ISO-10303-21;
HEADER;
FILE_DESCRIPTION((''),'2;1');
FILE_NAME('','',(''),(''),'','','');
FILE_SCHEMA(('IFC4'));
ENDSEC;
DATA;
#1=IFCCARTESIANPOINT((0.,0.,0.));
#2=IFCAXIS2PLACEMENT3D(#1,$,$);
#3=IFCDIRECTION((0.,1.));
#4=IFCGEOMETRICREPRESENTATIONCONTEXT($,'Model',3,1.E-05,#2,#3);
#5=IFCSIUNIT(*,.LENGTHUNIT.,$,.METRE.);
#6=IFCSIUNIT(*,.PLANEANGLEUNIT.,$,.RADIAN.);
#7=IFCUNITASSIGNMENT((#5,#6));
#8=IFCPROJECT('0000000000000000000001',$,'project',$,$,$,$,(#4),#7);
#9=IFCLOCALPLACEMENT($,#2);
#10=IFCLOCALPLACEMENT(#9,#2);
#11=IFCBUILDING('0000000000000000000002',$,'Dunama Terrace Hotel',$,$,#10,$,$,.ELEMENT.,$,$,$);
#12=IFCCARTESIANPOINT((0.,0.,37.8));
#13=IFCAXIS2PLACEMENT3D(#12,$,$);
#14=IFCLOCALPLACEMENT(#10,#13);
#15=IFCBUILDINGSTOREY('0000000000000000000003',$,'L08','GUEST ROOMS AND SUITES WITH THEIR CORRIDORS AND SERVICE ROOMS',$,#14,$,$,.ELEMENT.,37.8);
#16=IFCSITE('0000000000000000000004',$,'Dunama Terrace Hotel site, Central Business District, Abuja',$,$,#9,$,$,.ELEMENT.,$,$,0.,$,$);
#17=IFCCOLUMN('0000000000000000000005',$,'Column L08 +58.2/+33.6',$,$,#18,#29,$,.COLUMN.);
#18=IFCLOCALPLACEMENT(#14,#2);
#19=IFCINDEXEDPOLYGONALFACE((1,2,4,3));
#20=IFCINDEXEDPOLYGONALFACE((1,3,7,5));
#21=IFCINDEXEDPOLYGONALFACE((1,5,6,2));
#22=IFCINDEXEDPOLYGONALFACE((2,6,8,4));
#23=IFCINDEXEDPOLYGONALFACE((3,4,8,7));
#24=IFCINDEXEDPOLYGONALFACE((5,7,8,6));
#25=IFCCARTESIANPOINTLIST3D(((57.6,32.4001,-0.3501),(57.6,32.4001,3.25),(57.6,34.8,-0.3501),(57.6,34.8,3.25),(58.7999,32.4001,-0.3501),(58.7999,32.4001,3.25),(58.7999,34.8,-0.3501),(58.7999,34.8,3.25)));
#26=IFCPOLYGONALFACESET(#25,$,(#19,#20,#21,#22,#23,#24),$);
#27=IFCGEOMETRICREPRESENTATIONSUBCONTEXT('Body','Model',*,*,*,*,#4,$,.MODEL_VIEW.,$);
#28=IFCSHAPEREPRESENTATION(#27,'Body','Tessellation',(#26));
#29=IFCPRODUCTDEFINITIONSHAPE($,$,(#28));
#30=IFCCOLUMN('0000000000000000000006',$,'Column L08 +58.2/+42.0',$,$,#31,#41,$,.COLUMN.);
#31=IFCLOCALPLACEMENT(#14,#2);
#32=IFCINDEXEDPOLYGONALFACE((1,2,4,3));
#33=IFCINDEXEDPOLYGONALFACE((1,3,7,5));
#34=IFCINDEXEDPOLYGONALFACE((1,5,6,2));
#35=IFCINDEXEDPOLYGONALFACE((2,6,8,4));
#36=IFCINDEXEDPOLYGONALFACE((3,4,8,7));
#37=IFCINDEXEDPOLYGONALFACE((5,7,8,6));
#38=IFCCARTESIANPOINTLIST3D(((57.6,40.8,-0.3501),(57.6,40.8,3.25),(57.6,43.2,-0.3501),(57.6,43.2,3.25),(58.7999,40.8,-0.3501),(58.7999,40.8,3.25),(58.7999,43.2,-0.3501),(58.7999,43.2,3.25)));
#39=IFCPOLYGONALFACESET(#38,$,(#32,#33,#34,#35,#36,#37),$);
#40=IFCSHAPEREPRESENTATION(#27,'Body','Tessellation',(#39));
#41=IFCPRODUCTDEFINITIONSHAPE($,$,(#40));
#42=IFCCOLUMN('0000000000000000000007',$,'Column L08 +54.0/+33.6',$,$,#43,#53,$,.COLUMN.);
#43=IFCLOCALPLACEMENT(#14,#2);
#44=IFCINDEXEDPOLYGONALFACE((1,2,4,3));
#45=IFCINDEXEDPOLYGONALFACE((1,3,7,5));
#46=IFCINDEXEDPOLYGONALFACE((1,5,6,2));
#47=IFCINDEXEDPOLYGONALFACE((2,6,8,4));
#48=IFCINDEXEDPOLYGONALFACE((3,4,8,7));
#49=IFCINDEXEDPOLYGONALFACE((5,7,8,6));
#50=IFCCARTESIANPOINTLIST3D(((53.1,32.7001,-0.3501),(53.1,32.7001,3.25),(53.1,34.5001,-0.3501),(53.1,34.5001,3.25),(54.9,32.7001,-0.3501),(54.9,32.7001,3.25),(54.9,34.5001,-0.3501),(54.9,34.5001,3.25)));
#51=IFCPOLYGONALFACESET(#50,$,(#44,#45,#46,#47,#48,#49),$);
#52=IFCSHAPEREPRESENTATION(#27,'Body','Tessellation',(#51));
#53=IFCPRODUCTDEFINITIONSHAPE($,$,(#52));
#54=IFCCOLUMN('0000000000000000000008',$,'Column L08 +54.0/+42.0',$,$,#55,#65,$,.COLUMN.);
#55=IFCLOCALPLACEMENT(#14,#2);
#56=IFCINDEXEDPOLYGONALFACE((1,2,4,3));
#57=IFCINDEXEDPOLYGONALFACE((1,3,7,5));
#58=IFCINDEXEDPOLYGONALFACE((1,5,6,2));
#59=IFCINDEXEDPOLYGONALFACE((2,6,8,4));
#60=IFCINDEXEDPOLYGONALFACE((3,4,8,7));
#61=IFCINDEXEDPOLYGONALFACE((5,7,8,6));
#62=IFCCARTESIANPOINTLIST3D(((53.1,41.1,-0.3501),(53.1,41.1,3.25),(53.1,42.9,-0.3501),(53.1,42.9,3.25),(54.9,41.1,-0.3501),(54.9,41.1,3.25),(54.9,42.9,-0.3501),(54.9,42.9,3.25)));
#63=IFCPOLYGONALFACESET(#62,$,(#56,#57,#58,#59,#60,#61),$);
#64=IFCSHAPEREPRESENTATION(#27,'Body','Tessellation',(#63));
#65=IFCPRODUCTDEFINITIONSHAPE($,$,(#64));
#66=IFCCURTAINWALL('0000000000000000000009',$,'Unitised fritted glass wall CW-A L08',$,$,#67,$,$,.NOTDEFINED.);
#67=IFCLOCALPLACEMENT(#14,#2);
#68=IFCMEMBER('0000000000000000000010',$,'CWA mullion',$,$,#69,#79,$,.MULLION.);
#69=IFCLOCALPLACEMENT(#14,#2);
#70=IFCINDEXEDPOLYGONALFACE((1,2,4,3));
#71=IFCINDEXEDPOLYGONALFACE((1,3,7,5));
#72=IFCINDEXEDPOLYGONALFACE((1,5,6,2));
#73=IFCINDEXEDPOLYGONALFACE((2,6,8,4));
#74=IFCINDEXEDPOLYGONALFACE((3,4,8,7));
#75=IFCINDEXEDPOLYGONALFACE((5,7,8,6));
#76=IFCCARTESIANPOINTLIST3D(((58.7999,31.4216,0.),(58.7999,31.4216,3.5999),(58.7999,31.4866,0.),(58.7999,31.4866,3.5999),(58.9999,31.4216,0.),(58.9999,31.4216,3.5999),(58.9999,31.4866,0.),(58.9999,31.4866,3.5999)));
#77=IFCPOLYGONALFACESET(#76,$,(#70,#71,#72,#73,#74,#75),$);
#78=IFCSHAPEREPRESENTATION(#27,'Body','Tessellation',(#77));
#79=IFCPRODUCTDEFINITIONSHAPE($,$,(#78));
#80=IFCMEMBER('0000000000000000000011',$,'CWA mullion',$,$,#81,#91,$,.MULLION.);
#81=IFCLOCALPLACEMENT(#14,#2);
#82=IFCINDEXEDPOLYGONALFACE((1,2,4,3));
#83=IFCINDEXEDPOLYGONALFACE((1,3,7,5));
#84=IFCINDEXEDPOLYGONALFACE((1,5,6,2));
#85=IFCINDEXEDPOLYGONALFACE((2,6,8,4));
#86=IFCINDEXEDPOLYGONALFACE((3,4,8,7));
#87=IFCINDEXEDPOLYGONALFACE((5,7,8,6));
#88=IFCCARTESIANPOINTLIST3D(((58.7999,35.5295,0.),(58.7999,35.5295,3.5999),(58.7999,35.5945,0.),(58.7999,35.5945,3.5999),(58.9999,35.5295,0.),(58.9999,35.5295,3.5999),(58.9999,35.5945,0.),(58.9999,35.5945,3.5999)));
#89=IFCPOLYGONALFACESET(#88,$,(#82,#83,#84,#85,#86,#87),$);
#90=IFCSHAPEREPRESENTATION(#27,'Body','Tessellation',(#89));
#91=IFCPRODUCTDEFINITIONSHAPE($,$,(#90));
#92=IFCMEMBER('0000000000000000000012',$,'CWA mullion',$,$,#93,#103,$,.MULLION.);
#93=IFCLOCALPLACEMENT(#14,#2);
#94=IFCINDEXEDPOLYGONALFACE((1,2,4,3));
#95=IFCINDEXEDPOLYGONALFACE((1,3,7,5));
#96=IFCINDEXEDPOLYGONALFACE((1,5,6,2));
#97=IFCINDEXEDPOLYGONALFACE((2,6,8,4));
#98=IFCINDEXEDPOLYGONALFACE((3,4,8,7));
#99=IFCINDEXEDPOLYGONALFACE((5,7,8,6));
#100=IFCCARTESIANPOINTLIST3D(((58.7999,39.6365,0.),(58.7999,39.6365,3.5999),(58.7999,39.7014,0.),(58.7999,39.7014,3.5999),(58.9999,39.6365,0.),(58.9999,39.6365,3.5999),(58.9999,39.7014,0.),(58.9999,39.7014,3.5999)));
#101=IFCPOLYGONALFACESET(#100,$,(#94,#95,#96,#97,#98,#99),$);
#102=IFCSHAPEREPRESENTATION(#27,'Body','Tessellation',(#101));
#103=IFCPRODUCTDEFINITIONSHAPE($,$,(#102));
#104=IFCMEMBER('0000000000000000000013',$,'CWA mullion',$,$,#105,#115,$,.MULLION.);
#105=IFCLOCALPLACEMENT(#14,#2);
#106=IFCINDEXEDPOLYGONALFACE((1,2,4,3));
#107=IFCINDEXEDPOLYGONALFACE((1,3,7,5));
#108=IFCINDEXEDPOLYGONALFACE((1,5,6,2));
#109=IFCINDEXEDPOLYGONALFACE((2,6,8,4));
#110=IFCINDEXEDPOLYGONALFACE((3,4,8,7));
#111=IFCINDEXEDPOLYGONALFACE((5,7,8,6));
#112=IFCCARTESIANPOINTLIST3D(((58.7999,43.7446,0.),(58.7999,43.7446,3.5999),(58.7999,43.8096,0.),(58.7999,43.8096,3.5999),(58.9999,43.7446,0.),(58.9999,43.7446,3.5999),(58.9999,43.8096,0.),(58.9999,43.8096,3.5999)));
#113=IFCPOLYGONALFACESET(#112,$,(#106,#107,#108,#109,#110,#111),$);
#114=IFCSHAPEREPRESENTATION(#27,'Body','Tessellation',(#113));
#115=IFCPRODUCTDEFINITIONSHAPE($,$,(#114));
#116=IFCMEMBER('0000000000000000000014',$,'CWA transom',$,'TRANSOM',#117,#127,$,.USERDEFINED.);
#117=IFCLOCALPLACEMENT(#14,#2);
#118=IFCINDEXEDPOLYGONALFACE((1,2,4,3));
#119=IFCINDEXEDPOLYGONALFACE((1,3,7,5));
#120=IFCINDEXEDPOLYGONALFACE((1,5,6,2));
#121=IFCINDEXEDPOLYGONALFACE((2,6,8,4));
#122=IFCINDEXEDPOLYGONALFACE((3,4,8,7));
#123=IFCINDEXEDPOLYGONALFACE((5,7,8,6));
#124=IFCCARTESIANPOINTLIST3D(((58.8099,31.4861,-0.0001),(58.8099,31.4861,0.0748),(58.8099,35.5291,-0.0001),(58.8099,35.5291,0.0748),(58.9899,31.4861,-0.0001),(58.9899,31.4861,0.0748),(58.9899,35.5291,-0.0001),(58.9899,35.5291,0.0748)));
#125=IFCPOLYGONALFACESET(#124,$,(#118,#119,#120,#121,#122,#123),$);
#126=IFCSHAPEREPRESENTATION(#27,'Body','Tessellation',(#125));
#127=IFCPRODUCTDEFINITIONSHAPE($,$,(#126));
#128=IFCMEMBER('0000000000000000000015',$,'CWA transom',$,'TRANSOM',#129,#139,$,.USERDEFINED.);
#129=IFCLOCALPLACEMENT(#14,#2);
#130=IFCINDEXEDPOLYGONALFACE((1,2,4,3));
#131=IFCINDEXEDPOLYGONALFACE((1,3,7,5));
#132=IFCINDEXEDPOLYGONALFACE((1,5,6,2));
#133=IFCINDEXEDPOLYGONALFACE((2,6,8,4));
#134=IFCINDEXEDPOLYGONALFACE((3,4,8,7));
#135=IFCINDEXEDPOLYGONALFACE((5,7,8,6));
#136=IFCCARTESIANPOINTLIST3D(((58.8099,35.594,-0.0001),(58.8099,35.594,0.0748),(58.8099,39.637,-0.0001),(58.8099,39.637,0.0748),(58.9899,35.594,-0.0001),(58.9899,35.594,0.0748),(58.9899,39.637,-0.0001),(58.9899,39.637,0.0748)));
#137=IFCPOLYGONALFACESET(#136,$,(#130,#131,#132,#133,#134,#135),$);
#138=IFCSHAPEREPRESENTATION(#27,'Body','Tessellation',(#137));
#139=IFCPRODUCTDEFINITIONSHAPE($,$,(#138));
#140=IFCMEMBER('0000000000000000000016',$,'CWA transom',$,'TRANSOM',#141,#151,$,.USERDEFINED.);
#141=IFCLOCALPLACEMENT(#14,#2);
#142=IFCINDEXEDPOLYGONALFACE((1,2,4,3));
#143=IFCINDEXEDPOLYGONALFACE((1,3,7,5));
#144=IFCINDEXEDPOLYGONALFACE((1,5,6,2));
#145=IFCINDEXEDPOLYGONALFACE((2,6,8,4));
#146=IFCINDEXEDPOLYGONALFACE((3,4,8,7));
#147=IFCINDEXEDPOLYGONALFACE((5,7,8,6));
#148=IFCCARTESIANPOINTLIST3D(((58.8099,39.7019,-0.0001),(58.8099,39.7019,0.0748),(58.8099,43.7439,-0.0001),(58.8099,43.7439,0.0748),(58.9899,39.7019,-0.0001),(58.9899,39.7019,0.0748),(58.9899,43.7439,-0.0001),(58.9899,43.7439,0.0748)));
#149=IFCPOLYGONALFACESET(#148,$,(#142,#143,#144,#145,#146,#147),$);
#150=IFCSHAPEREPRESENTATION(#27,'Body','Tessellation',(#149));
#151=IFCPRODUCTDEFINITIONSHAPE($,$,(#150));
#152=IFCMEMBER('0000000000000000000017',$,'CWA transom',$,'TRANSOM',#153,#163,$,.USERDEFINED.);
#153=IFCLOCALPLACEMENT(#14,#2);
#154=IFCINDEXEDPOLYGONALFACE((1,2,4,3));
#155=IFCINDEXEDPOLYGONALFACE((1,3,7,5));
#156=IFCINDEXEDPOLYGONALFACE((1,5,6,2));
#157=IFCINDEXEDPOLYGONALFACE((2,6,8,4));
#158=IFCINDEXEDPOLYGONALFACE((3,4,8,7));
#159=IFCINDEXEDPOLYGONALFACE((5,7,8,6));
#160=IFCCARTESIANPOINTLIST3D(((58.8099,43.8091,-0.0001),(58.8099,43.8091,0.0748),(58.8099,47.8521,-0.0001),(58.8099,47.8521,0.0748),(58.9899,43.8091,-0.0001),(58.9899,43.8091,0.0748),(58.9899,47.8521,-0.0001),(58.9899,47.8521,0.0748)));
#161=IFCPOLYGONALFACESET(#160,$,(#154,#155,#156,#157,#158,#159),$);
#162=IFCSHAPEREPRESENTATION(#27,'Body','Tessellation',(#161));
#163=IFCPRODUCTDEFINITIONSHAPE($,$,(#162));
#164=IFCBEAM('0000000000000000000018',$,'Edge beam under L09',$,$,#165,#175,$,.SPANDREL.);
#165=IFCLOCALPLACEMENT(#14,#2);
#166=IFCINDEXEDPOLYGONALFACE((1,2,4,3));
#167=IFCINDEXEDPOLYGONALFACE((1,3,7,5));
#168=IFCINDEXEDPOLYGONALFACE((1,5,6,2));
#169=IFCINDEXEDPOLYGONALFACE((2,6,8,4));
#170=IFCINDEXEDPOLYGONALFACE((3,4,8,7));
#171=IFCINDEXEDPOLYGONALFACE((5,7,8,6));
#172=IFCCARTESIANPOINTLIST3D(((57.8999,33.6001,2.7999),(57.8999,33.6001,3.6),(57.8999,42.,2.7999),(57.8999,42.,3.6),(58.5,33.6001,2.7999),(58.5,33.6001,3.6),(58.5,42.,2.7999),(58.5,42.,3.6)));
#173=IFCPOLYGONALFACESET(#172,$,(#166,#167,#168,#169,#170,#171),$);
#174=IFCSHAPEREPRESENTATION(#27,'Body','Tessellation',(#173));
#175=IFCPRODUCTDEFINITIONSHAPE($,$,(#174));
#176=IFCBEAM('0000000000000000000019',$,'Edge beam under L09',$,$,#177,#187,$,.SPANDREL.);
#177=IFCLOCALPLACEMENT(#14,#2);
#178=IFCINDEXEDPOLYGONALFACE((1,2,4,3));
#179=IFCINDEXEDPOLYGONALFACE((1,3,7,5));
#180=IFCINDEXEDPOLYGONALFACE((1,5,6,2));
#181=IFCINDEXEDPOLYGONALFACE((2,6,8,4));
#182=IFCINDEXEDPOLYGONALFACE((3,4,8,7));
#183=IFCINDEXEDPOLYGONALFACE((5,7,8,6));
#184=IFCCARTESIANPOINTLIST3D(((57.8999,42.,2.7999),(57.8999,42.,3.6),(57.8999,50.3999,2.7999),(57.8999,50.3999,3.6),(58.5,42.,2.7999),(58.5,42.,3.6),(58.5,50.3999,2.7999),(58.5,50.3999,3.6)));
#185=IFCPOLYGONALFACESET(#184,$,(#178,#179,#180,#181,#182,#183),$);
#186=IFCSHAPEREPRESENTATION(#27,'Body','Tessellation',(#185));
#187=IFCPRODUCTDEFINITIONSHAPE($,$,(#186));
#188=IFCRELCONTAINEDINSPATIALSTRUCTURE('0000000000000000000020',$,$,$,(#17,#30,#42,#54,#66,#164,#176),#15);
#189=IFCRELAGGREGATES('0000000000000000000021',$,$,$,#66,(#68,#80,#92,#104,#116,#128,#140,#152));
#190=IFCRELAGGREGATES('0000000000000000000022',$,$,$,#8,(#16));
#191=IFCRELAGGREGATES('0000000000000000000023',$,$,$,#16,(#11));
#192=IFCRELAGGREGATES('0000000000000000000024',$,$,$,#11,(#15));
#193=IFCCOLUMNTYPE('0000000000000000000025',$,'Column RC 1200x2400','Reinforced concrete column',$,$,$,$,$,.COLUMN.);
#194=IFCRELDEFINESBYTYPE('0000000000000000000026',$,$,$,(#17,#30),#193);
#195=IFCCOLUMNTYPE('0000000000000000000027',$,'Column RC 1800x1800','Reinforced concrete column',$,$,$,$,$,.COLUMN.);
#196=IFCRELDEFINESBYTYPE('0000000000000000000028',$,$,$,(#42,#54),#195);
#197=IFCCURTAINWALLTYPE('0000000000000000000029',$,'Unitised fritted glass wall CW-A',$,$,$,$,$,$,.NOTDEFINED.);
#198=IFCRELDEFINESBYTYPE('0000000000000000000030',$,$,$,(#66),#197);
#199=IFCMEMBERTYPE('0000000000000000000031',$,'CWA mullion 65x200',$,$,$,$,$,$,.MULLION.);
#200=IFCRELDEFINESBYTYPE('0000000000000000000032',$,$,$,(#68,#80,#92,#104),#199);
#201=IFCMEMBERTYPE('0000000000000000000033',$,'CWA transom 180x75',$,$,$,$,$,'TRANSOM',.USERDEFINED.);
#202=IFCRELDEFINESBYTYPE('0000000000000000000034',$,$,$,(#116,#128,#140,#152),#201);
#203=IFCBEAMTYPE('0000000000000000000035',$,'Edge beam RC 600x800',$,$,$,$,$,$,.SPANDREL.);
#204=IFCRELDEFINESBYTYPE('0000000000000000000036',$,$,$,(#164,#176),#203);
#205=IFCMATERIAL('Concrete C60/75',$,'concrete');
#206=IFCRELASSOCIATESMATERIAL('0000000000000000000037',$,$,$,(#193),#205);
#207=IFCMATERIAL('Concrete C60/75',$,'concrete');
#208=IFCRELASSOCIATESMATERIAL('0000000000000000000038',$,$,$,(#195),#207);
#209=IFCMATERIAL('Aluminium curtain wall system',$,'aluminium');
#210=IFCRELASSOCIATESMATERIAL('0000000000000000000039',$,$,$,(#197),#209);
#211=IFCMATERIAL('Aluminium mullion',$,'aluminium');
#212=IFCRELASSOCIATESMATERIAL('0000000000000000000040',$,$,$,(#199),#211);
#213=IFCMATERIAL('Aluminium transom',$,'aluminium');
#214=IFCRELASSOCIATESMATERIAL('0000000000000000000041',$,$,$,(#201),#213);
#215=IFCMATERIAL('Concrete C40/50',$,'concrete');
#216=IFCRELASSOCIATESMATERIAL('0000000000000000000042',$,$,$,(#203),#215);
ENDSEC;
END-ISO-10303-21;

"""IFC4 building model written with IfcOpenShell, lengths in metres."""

from ifc_helpers import new_model, si_unit, direction, frame, origin, origin_2d, place, context, subcontext, project, spatial, rectangle, extrude, material, material_profile, profile_set, type_object, element, aggregate, save


model = new_model("IFC4")

# Units and contexts
model_context = context("Model", 3, precision=1e-05, world=origin(), true_north=direction((0.0, 1.0)))
body_context = subcontext(model_context, "Body", "Model", "MODEL_VIEW")
ifc_project = project(units=[si_unit("LENGTHUNIT", "METRE"), si_unit("PLANEANGLEUNIT", "RADIAN")], contexts=[model_context])

# Site, building, storey
site_placement = place(None, origin())
site = spatial("IfcSite", under=ifc_project, at=site_placement, Name="Dunama Terrace Hotel site, Central Business District, Abuja", CompositionType="ELEMENT", RefElevation=0.0)
building_placement = place(site_placement, origin())
building = spatial("IfcBuilding", under=site, at=building_placement, Name="Dunama Terrace Hotel", CompositionType="ELEMENT")
storey_placement = place(building_placement, frame((0.0, 0.0, 37.8)))
storey = spatial("IfcBuildingStorey", under=building, at=storey_placement, Name="L08", Description="GUEST ROOMS AND SUITES WITH THEIR CORRIDORS AND SERVICE ROOMS", CompositionType="ELEMENT", Elevation=37.8)

# Columns
ifc_material_1 = material(Name="Concrete C60/75", Category="concrete")
ifc_material_profile_1 = material_profile(ifc_material_1, rectangle(XDim=1.2, YDim=2.3999, at=origin_2d()), Name="RC 1200x2400")
ifc_profile_set_1 = profile_set([ifc_material_profile_1], Name="Concrete C60/75")
column_type_1 = type_object("IfcColumnType", Name="Column RC 1200x2400", Description="Reinforced concrete column", PredefinedType="COLUMN", material=ifc_profile_set_1)
for number, where, z_axis, x_axis, name in (
    (1, (58.2, 33.6001, -0.3501), (0.0, 0.0, 1.0), (1.0, 0.0, 0.0), "Column L08 +58.2/+33.6"),
    (2, (58.2, 42.0, -0.3501), (0.0, 0.0, 1.0), (1.0, 0.0, 0.0), "Column L08 +58.2/+42.0"),
):
    element("IfcColumn", number, at=place(storey_placement, frame(where, z_axis=z_axis, x_axis=x_axis)), inside=storey, type_object=column_type_1, Name=name, PredefinedType="COLUMN", context=body_context, shape_type="SweptSolid", body=[
        extrude(rectangle(XDim=1.2, YDim=2.3999, at=origin_2d()), origin(), (0.0, 0.0, 1.0), 3.6001),
    ])
ifc_material_2 = material(Name="Concrete C60/75", Category="concrete")
ifc_material_profile_2 = material_profile(ifc_material_2, rectangle(XDim=1.8, YDim=1.8, at=origin_2d()), Name="RC 1800x1800")
ifc_profile_set_2 = profile_set([ifc_material_profile_2], Name="Concrete C60/75")
column_type_2 = type_object("IfcColumnType", Name="Column RC 1800x1800", Description="Reinforced concrete column", PredefinedType="COLUMN", material=ifc_profile_set_2)
for number, where, z_axis, x_axis, name in (
    (3, (54.0, 33.6001, -0.3501), (0.0, 0.0, 1.0), (1.0, 0.0, 0.0), "Column L08 +54.0/+33.6"),
    (4, (54.0, 42.0, -0.3501), (0.0, 0.0, 1.0), (1.0, 0.0, 0.0), "Column L08 +54.0/+42.0"),
):
    element("IfcColumn", number, at=place(storey_placement, frame(where, z_axis=z_axis, x_axis=x_axis)), inside=storey, type_object=column_type_2, Name=name, PredefinedType="COLUMN", context=body_context, shape_type="SweptSolid", body=[
        extrude(rectangle(XDim=1.8, YDim=1.8, at=origin_2d()), origin(), (0.0, 0.0, 1.0), 3.6001),
    ])

# Curtain wall, members
ifc_material_3 = material(Name="Aluminium curtain wall system", Category="aluminium")
curtain_wall_type = type_object("IfcCurtainWallType", Name="Unitised fritted glass wall CW-A", PredefinedType="NOTDEFINED", material=ifc_material_3)
curtain_wall_placement = place(storey_placement, origin())
curtain_wall = element("IfcCurtainWall", 5, at=curtain_wall_placement, inside=storey, type_object=curtain_wall_type, Name="Unitised fritted glass wall CW-A L08", PredefinedType="NOTDEFINED")
ifc_material_4 = material(Name="Aluminium mullion", Category="aluminium")
ifc_material_profile_3 = material_profile(ifc_material_4, rectangle(XDim=0.0649, YDim=0.2, at=origin_2d()), Name="CWA MULLION 65X200")
ifc_profile_set_3 = profile_set([ifc_material_profile_3], Name="Aluminium mullion")
member_type_1 = type_object("IfcMemberType", Name="CWA mullion 65x200", PredefinedType="MULLION", material=ifc_profile_set_3)
member_1_placement = place(storey_placement, frame((58.8999, 31.4541, 0.0), z_axis=(0.0, 0.0, 1.0), x_axis=(0.0, 1.0, 0.0)))
member_1 = element("IfcMember", 6, at=member_1_placement, type_object=member_type_1, Name="CWA mullion", PredefinedType="MULLION", context=body_context, shape_type="SweptSolid", body=[
    extrude(rectangle(XDim=0.0649, YDim=0.2, at=origin_2d()), origin(), (0.0, 0.0, 1.0), 3.5999),
])
member_2_placement = place(storey_placement, frame((58.8999, 35.562, 0.0), z_axis=(0.0, 0.0, 1.0), x_axis=(0.0, 1.0, 0.0)))
member_2 = element("IfcMember", 7, at=member_2_placement, type_object=member_type_1, Name="CWA mullion", PredefinedType="MULLION", context=body_context, shape_type="SweptSolid", body=[
    extrude(rectangle(XDim=0.0649, YDim=0.2, at=origin_2d()), origin(), (0.0, 0.0, 1.0), 3.5999),
])
member_3_placement = place(storey_placement, frame((58.8999, 39.6689, 0.0), z_axis=(0.0, 0.0, 1.0), x_axis=(0.0, 1.0, 0.0)))
member_3 = element("IfcMember", 8, at=member_3_placement, type_object=member_type_1, Name="CWA mullion", PredefinedType="MULLION", context=body_context, shape_type="SweptSolid", body=[
    extrude(rectangle(XDim=0.0649, YDim=0.2, at=origin_2d()), origin(), (0.0, 0.0, 1.0), 3.5999),
])
member_4_placement = place(storey_placement, frame((58.8999, 43.7771, 0.0), z_axis=(0.0, 0.0, 1.0), x_axis=(0.0, 1.0, 0.0)))
member_4 = element("IfcMember", 9, at=member_4_placement, type_object=member_type_1, Name="CWA mullion", PredefinedType="MULLION", context=body_context, shape_type="SweptSolid", body=[
    extrude(rectangle(XDim=0.0649, YDim=0.2, at=origin_2d()), origin(), (0.0, 0.0, 1.0), 3.5999),
])
ifc_material_5 = material(Name="Aluminium transom", Category="aluminium")
ifc_material_profile_4 = material_profile(ifc_material_5, rectangle(XDim=0.1799, YDim=0.075, at=origin_2d()), Name="CWA TRANSOM 180X75")
ifc_profile_set_4 = profile_set([ifc_material_profile_4], Name="Aluminium transom")
member_type_2 = type_object("IfcMemberType", Name="CWA transom 180x75", ElementType="TRANSOM", PredefinedType="USERDEFINED", material=ifc_profile_set_4)
member_5_placement = place(storey_placement, frame((58.8999, 31.4861, 0.0374), z_axis=(0.0, 1.0, 0.0), x_axis=(-1.0, 0.0, 0.0)))
member_5 = element("IfcMember", 10, at=member_5_placement, type_object=member_type_2, Name="CWA transom", ObjectType="TRANSOM", PredefinedType="USERDEFINED", context=body_context, shape_type="SweptSolid", body=[
    extrude(rectangle(XDim=0.1799, YDim=0.075, at=origin_2d()), origin(), (0.0, 0.0, 1.0), 4.043),
])
member_6_placement = place(storey_placement, frame((58.8999, 35.594, 0.0374), z_axis=(0.0, 1.0, 0.0), x_axis=(-1.0, 0.0, 0.0)))
member_6 = element("IfcMember", 11, at=member_6_placement, type_object=member_type_2, Name="CWA transom", ObjectType="TRANSOM", PredefinedType="USERDEFINED", context=body_context, shape_type="SweptSolid", body=[
    extrude(rectangle(XDim=0.1799, YDim=0.075, at=origin_2d()), origin(), (0.0, 0.0, 1.0), 4.043),
])
member_7_placement = place(storey_placement, frame((58.8999, 39.7019, 0.0374), z_axis=(0.0, 1.0, 0.0), x_axis=(-1.0, 0.0, 0.0)))
member_7 = element("IfcMember", 12, at=member_7_placement, type_object=member_type_2, Name="CWA transom", ObjectType="TRANSOM", PredefinedType="USERDEFINED", context=body_context, shape_type="SweptSolid", body=[
    extrude(rectangle(XDim=0.1799, YDim=0.075, at=origin_2d()), origin(), (0.0, 0.0, 1.0), 4.042),
])
member_8_placement = place(storey_placement, frame((58.8999, 43.8091, 0.0374), z_axis=(0.0, 1.0, 0.0), x_axis=(-1.0, 0.0, 0.0)))
member_8 = element("IfcMember", 13, at=member_8_placement, type_object=member_type_2, Name="CWA transom", ObjectType="TRANSOM", PredefinedType="USERDEFINED", context=body_context, shape_type="SweptSolid", body=[
    extrude(rectangle(XDim=0.1799, YDim=0.075, at=origin_2d()), origin(), (0.0, 0.0, 1.0), 4.043),
])

# Beams
ifc_material_6 = material(Name="Concrete C40/50", Category="concrete")
ifc_material_profile_5 = material_profile(ifc_material_6, rectangle(XDim=0.6001, YDim=0.8, at=origin_2d()), Name="RC 600x800")
ifc_profile_set_5 = profile_set([ifc_material_profile_5], Name="Concrete C40/50")
beam_type = type_object("IfcBeamType", Name="Edge beam RC 600x800", PredefinedType="SPANDREL", material=ifc_profile_set_5)
for number, where, z_axis, x_axis, name in (
    (14, (58.2, 33.6001, 3.2), (0.0, 1.0, 0.0), (-1.0, 0.0, 0.0), "Edge beam under L09"),
    (15, (58.2, 42.0, 3.2), (0.0, 1.0, 0.0), (-1.0, 0.0, 0.0), "Edge beam under L09"),
):
    element("IfcBeam", number, at=place(storey_placement, frame(where, z_axis=z_axis, x_axis=x_axis)), inside=storey, type_object=beam_type, Name=name, PredefinedType="SPANDREL", context=body_context, shape_type="SweptSolid", body=[
        extrude(rectangle(XDim=0.6001, YDim=0.8, at=origin_2d()), origin(), (0.0, 0.0, 1.0), 8.3999),
    ])

aggregate(curtain_wall, [member_1, member_2, member_3, member_4, member_5, member_6, member_7, member_8])

save(model, "model.ifc")
